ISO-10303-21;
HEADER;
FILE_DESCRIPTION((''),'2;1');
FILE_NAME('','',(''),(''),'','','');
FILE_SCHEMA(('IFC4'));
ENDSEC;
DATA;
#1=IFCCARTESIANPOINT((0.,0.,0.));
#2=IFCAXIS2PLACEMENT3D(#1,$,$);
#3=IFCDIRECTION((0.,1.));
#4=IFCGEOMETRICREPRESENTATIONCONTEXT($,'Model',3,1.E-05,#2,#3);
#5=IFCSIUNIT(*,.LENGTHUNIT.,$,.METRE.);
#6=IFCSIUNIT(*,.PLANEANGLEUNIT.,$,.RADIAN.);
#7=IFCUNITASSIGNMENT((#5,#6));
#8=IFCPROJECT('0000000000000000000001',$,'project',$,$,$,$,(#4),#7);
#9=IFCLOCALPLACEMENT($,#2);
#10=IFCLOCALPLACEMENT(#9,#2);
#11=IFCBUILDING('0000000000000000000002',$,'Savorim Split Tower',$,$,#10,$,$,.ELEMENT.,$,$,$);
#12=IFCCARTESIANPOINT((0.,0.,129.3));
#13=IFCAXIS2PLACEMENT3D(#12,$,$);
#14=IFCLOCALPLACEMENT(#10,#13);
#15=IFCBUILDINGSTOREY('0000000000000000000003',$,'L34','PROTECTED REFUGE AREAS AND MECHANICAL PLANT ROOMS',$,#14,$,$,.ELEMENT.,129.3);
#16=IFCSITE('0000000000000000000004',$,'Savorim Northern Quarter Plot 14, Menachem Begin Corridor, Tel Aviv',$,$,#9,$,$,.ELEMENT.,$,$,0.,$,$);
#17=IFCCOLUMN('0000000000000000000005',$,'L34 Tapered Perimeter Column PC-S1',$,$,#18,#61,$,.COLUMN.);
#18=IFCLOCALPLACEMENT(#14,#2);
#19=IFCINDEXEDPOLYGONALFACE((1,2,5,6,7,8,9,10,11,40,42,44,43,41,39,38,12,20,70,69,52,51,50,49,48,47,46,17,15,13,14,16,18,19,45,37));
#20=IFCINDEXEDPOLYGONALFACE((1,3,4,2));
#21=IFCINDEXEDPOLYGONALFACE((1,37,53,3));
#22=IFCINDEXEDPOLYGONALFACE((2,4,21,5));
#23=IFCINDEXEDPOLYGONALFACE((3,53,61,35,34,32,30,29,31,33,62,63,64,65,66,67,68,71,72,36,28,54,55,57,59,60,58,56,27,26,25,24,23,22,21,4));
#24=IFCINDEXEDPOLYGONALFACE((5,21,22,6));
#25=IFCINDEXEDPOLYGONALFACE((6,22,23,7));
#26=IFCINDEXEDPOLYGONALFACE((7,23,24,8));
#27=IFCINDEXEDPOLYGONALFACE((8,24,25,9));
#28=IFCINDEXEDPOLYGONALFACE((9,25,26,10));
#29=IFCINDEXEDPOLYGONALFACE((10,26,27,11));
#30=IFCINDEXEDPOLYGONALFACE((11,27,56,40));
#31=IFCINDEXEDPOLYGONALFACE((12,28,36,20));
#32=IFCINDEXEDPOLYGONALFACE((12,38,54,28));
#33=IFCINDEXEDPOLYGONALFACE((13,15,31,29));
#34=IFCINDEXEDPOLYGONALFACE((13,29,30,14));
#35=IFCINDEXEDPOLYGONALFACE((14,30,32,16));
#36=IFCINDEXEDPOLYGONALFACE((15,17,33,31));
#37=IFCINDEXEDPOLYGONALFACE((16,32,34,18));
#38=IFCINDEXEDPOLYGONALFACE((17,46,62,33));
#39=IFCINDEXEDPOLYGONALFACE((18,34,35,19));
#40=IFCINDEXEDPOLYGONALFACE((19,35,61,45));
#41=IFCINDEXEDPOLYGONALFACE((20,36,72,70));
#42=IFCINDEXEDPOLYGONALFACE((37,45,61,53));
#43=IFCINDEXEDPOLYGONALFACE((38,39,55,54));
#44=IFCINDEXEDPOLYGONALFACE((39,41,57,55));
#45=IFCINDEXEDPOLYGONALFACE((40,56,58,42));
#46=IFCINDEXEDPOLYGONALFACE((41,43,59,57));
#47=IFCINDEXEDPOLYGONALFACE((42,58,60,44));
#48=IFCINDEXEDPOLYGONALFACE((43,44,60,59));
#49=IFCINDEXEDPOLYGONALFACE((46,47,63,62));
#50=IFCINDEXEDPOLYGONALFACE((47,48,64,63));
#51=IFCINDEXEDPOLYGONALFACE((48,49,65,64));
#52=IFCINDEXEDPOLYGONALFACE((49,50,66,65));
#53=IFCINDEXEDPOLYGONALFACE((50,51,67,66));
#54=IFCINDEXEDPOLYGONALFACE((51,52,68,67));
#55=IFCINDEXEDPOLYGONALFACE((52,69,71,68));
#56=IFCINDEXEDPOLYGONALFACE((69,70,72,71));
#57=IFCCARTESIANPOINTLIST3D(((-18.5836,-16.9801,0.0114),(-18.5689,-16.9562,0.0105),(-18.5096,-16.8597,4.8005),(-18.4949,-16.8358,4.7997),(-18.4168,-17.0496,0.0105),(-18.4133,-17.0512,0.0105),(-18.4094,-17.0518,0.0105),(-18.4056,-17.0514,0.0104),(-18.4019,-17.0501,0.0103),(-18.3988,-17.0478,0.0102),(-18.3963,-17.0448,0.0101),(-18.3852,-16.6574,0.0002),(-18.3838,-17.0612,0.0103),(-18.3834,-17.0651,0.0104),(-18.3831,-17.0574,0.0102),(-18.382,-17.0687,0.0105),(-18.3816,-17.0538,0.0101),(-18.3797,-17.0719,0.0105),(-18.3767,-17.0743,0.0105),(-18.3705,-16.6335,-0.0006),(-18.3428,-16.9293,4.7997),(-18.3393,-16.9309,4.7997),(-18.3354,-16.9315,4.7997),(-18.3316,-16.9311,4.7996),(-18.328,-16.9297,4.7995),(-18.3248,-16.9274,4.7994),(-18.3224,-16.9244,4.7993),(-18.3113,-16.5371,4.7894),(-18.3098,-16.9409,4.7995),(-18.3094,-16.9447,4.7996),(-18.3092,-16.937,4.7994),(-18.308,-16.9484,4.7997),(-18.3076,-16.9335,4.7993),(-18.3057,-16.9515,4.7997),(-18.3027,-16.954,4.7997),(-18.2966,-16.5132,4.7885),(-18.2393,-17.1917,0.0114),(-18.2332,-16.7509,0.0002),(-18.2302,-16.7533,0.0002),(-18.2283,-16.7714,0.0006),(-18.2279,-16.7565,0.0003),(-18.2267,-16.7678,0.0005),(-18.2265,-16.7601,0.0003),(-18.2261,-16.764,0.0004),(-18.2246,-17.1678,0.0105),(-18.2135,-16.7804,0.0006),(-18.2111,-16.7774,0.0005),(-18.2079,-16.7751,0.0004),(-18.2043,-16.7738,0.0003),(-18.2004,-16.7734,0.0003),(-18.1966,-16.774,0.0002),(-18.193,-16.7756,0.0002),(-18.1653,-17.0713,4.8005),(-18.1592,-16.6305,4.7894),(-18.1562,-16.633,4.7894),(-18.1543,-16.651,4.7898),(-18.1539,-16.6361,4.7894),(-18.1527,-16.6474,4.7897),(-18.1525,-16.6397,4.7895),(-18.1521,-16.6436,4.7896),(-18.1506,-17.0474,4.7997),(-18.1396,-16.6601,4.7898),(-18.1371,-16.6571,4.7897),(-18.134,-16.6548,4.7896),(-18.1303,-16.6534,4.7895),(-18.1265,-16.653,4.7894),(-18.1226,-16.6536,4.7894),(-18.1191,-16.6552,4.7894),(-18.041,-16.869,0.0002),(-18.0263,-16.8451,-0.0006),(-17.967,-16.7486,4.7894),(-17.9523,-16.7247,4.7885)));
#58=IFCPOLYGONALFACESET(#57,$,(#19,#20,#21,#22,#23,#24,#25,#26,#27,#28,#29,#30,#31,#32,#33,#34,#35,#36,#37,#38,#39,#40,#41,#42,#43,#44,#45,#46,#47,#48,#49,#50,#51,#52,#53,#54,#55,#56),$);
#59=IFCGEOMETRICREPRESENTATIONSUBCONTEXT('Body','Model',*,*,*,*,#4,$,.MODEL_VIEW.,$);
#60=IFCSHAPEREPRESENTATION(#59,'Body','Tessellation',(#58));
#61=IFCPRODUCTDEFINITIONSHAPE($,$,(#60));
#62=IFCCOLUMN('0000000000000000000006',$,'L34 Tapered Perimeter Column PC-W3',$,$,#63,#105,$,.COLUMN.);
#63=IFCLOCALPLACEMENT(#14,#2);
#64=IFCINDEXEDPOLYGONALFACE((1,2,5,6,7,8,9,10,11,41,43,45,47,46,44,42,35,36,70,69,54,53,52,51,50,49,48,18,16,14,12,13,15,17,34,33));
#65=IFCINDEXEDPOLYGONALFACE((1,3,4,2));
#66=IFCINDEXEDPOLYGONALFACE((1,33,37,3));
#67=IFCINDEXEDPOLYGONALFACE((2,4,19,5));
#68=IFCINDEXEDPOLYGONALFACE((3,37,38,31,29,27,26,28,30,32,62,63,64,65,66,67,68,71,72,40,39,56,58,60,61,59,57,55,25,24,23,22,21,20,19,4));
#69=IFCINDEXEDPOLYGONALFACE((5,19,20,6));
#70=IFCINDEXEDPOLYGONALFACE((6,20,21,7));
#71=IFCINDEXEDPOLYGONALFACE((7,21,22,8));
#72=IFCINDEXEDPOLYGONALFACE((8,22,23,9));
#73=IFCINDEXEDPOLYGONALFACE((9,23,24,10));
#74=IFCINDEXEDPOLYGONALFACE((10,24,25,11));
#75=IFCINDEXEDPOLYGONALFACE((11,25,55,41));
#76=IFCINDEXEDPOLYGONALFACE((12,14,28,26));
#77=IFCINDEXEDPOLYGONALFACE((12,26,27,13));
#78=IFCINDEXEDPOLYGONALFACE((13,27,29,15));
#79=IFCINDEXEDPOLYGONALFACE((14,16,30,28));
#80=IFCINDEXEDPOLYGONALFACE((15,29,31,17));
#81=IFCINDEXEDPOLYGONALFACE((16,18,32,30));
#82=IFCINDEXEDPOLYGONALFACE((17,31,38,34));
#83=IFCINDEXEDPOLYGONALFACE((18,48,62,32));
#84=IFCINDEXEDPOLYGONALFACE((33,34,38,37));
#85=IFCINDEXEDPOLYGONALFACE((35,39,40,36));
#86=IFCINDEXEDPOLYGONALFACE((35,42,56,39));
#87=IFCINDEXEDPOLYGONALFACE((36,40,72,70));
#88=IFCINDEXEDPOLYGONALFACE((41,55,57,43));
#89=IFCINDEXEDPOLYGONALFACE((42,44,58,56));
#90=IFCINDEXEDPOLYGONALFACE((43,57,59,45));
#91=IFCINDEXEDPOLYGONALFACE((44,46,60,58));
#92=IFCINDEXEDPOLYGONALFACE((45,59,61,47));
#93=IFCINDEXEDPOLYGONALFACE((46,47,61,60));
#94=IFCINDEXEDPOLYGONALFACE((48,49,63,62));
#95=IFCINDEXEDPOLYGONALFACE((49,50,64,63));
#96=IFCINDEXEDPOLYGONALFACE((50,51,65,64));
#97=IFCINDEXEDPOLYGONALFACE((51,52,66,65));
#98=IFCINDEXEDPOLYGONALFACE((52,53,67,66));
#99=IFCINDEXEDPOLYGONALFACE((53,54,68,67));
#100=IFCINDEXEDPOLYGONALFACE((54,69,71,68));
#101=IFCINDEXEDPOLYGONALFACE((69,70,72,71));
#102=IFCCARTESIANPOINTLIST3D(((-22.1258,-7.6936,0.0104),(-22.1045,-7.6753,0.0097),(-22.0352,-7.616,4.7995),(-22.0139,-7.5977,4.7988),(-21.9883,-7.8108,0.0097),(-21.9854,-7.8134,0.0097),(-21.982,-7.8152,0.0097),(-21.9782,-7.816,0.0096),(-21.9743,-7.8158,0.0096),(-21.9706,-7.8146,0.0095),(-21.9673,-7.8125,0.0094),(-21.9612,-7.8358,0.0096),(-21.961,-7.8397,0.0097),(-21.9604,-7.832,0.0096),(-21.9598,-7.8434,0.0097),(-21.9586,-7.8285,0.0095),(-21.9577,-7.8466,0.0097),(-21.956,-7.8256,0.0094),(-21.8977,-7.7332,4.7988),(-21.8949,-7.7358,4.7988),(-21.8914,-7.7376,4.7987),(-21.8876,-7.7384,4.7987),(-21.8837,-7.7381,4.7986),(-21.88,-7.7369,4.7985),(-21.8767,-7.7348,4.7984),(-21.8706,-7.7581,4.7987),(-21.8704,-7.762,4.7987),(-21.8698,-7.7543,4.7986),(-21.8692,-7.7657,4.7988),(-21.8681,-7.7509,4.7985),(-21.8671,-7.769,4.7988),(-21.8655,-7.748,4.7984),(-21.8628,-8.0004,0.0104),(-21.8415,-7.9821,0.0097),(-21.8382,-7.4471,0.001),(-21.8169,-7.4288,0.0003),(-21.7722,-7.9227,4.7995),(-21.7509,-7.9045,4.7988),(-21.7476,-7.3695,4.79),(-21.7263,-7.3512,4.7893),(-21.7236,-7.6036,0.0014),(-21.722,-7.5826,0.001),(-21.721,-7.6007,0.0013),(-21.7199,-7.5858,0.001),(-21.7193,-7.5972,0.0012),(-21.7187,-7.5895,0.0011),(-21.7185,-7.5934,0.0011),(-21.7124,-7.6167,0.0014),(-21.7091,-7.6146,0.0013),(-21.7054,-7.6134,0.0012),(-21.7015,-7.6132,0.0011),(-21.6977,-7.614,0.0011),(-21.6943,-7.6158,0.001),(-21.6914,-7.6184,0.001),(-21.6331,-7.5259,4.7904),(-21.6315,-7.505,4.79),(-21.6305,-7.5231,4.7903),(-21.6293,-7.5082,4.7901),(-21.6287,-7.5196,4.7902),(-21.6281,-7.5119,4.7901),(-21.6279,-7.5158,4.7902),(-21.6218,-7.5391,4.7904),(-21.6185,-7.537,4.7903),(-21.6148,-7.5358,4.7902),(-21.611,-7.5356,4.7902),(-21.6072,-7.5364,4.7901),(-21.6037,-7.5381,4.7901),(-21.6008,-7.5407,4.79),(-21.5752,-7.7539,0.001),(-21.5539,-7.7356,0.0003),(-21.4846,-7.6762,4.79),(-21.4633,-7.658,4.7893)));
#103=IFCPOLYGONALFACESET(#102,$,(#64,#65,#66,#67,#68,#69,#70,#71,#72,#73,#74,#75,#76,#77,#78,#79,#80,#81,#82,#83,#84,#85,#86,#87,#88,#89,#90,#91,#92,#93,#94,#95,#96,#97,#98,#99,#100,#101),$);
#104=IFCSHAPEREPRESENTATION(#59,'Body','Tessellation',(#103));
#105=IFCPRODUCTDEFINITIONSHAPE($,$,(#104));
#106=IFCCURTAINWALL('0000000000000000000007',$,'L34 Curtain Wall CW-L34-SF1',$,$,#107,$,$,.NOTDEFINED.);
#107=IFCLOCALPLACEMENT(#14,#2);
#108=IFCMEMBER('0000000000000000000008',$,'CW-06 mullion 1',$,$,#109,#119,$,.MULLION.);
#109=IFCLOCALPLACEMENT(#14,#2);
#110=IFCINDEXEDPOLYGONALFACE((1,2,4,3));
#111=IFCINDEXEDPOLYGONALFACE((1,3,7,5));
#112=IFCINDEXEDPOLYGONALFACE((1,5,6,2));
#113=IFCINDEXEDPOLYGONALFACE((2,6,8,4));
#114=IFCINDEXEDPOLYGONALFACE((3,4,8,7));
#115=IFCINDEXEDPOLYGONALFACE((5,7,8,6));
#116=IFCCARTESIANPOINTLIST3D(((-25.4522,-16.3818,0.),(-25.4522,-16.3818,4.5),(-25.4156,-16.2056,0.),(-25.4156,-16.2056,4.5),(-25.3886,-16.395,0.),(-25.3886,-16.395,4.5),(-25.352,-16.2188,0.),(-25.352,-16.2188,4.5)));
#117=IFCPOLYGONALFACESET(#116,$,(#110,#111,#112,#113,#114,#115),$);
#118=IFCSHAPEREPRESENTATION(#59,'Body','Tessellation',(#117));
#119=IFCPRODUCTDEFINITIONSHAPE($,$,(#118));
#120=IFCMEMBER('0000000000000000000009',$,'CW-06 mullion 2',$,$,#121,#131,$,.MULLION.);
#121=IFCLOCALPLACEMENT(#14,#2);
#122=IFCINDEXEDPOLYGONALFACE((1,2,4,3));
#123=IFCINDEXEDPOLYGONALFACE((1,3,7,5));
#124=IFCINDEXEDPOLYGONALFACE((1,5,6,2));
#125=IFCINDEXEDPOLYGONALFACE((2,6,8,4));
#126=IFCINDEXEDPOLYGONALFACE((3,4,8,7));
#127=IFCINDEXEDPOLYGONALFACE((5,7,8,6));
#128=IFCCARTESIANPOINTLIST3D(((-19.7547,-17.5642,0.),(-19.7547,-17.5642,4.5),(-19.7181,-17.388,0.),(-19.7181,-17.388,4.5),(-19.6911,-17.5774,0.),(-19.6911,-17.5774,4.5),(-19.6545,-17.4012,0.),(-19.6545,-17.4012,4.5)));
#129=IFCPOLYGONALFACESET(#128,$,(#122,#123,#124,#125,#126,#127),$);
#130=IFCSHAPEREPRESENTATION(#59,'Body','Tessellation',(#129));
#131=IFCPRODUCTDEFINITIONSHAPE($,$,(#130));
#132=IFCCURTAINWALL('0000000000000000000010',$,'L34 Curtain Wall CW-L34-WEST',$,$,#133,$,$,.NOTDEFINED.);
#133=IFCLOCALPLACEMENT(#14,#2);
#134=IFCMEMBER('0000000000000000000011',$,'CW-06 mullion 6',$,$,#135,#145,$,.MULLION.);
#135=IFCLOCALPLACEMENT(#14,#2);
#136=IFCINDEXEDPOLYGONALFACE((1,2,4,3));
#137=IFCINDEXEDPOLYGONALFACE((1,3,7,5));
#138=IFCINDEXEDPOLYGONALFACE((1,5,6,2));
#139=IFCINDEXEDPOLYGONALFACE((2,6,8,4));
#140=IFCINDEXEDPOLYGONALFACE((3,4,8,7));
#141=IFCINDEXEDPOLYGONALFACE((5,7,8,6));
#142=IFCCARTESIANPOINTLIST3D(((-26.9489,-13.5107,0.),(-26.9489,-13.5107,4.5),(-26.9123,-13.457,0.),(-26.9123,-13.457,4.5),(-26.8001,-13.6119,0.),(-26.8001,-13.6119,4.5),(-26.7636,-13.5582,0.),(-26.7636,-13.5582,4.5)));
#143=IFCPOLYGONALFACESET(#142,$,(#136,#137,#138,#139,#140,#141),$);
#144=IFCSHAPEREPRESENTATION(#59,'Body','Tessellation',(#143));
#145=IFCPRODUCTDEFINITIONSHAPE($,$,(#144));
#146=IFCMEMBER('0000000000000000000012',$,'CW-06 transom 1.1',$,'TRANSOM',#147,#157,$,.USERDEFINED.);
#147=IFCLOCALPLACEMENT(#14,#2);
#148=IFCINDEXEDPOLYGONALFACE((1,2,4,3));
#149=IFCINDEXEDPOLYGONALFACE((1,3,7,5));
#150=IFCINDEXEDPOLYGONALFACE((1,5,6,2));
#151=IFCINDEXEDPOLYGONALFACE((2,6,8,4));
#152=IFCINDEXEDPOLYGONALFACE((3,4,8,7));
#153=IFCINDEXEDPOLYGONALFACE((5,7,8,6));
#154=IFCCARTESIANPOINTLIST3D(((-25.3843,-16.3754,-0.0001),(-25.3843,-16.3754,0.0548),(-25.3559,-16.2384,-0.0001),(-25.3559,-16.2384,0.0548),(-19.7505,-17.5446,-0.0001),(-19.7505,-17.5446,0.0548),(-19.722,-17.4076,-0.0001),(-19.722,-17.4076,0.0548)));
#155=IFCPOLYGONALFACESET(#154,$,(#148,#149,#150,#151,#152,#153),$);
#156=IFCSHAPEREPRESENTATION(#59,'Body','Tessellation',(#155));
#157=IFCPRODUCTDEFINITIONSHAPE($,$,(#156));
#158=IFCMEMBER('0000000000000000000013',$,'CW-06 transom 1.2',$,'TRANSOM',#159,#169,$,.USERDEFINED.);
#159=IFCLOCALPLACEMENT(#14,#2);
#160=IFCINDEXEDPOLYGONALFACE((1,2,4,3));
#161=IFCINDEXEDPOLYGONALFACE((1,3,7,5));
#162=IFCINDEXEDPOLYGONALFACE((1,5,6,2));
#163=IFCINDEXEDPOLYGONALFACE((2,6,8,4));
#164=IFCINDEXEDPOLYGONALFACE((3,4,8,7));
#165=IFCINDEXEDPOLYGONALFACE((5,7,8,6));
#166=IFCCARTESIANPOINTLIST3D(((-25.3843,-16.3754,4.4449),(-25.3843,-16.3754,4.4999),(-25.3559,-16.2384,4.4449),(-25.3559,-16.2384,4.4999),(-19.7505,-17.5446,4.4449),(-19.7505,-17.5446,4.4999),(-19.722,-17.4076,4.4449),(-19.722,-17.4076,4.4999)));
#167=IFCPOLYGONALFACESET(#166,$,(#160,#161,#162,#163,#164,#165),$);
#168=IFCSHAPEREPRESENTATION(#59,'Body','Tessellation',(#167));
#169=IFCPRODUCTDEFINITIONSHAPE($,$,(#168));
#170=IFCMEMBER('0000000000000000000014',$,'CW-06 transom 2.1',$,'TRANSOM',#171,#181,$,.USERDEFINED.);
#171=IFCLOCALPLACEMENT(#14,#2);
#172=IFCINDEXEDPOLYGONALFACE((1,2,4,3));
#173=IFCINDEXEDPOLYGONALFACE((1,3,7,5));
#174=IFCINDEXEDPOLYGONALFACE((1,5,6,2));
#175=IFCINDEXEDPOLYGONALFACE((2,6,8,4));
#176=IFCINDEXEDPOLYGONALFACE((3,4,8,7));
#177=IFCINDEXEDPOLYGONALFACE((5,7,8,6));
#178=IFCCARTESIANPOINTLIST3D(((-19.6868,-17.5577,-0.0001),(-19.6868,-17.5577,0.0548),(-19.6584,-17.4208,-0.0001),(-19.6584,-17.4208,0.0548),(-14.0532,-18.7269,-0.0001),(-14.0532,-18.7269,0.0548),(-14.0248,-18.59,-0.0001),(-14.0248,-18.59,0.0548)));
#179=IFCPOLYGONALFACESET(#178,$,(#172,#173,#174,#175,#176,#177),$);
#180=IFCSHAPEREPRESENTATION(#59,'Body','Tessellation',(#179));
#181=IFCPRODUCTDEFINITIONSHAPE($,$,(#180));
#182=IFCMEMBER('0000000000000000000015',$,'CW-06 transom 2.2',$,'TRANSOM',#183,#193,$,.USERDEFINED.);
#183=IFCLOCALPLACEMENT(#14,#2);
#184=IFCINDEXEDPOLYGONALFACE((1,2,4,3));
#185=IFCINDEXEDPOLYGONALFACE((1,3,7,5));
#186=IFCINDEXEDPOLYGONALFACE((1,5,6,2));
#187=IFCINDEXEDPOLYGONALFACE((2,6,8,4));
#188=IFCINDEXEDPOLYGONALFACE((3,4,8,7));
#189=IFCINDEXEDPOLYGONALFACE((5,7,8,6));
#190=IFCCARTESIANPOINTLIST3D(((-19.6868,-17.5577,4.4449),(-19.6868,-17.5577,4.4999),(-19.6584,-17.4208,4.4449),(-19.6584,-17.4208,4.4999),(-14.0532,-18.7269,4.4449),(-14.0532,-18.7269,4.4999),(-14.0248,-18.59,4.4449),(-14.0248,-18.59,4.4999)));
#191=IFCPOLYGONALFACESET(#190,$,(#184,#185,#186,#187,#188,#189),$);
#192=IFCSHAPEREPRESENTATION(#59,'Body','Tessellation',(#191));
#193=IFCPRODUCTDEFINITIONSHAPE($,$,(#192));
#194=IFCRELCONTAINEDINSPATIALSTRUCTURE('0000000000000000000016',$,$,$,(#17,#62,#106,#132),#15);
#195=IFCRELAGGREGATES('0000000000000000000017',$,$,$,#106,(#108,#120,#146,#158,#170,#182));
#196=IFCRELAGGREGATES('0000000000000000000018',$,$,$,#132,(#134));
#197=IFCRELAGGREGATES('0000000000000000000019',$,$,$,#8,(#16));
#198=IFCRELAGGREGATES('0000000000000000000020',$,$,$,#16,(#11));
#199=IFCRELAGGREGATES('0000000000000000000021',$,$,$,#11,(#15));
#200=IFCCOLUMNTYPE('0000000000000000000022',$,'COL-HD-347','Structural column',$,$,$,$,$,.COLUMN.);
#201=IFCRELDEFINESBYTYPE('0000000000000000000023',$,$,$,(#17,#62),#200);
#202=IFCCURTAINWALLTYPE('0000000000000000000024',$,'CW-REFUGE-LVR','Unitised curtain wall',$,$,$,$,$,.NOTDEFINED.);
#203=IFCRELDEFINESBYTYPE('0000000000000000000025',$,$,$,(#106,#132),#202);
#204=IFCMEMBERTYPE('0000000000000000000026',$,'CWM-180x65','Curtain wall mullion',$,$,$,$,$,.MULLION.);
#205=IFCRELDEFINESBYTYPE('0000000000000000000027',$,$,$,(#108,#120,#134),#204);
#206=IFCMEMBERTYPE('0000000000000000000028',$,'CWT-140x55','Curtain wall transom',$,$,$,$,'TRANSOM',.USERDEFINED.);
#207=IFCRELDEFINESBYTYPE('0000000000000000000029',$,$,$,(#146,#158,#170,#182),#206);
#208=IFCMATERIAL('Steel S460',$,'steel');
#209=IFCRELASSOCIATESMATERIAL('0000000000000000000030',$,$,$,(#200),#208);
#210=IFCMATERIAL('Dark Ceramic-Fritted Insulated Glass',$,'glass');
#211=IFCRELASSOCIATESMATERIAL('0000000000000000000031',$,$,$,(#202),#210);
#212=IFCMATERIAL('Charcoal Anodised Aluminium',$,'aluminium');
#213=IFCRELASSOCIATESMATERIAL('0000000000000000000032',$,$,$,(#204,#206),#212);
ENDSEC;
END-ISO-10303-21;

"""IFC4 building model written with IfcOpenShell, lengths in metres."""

from ifc_helpers import new_model, si_unit, direction, frame, origin, origin_2d, place, context, subcontext, project, spatial, rectangle, i_section, extrude, material, material_profile, profile_set, type_object, element, aggregate, save


model = new_model("IFC4")

# Units and contexts
model_context = context("Model", 3, precision=1e-05, world=origin(), true_north=direction((0.0, 1.0)))
body_context = subcontext(model_context, "Body", "Model", "MODEL_VIEW")
ifc_project = project(units=[si_unit("LENGTHUNIT", "METRE"), si_unit("PLANEANGLEUNIT", "RADIAN")], contexts=[model_context])

# Site, building, storey
site_placement = place(None, origin())
site = spatial("IfcSite", under=ifc_project, at=site_placement, Name="Savorim Northern Quarter Plot 14, Menachem Begin Corridor, Tel Aviv", CompositionType="ELEMENT", RefElevation=0.0)
building_placement = place(site_placement, origin())
building = spatial("IfcBuilding", under=site, at=building_placement, Name="Savorim Split Tower", CompositionType="ELEMENT")
storey_placement = place(building_placement, frame((0.0, 0.0, 129.3)))
storey = spatial("IfcBuildingStorey", under=building, at=storey_placement, Name="L34", Description="PROTECTED REFUGE AREAS AND MECHANICAL PLANT ROOMS", CompositionType="ELEMENT", Elevation=129.3)

# Columns
ifc_material_1 = material(Name="Steel S460", Category="steel")
ifc_material_profile_1 = material_profile(ifc_material_1, i_section(OverallWidth=0.4041, OverallDepth=0.407, WebThickness=0.0173, FlangeThickness=0.0281, FilletRadius=0.0149, at=origin_2d()), Name="HD 400x347")
ifc_profile_set_1 = profile_set([ifc_material_profile_1], Name="Steel S460")
column_type = type_object("IfcColumnType", Name="COL-HD-347", Description="Structural column", PredefinedType="COLUMN", material=ifc_profile_set_1)
column_1_placement = place(storey_placement, frame((-18.3049, -16.9126, 0.0054), z_axis=(0.01544, 0.025122, 0.999565), x_axis=(-0.851955, 0.523615, 0.0)))
element("IfcColumn", 1, at=column_1_placement, inside=storey, type_object=column_type, Name="L34 Tapered Perimeter Column PC-S1", PredefinedType="COLUMN", context=body_context, shape_type="SweptSolid", body=[
    extrude(i_section(OverallWidth=0.4041, OverallDepth=0.407, WebThickness=0.0173, FlangeThickness=0.0281, FilletRadius=0.0149, at=origin_2d()), origin(), (0.0, 0.0, 1.0), 4.7913),
])
column_2_placement = place(storey_placement, frame((-21.8398, -7.7146, 0.0054), z_axis=(0.018907, 0.016206, 0.99969), x_axis=(-0.650791, 0.759257, 0.0)))
element("IfcColumn", 2, at=column_2_placement, inside=storey, type_object=column_type, Name="L34 Tapered Perimeter Column PC-W3", PredefinedType="COLUMN", context=body_context, shape_type="SweptSolid", body=[
    extrude(i_section(OverallWidth=0.4041, OverallDepth=0.407, WebThickness=0.0173, FlangeThickness=0.0281, FilletRadius=0.0149, at=origin_2d()), origin(), (0.0, 0.0, 1.0), 4.7905),
])

# Curtain wall, members
ifc_material_2 = material(Name="Dark Ceramic-Fritted Insulated Glass", Category="glass")
curtain_wall_type = type_object("IfcCurtainWallType", Name="CW-REFUGE-LVR", Description="Unitised curtain wall", PredefinedType="NOTDEFINED", material=ifc_material_2)
curtain_wall_1_placement = place(storey_placement, origin())
curtain_wall_1 = element("IfcCurtainWall", 3, at=curtain_wall_1_placement, inside=storey, type_object=curtain_wall_type, Name="L34 Curtain Wall CW-L34-SF1", PredefinedType="NOTDEFINED")
ifc_material_3 = material(Name="Charcoal Anodised Aluminium", Category="aluminium")
ifc_material_profile_2 = material_profile(ifc_material_3, rectangle(XDim=0.1799, YDim=0.0649, at=origin_2d()), Name="ALU-M 180x65")
ifc_profile_set_2 = profile_set([ifc_material_profile_2], Name="Charcoal Anodised Aluminium")
member_type_1 = type_object("IfcMemberType", Name="CWM-180x65", Description="Curtain wall mullion", PredefinedType="MULLION", material=ifc_profile_set_2)
member_1_placement = place(storey_placement, frame((-25.4021, -16.3003, 0.0), z_axis=(0.0, 0.0, 1.0), x_axis=(0.20321, 0.979135, 0.0)))
member_1 = element("IfcMember", 4, at=member_1_placement, type_object=member_type_1, Name="CW-06 mullion 1", PredefinedType="MULLION", context=body_context, shape_type="SweptSolid", body=[
    extrude(rectangle(XDim=0.1799, YDim=0.0649, at=origin_2d()), origin(), (0.0, 0.0, 1.0), 4.5),
])
member_2_placement = place(storey_placement, frame((-19.7046, -17.4827, 0.0), z_axis=(0.0, 0.0, 1.0), x_axis=(0.20321, 0.979135, 0.0)))
member_2 = element("IfcMember", 5, at=member_2_placement, type_object=member_type_1, Name="CW-06 mullion 2", PredefinedType="MULLION", context=body_context, shape_type="SweptSolid", body=[
    extrude(rectangle(XDim=0.1799, YDim=0.0649, at=origin_2d()), origin(), (0.0, 0.0, 1.0), 4.5),
])

# Curtain wall, member
curtain_wall_2_placement = place(storey_placement, origin())
curtain_wall_2 = element("IfcCurtainWall", 6, at=curtain_wall_2_placement, inside=storey, type_object=curtain_wall_type, Name="L34 Curtain Wall CW-L34-WEST", PredefinedType="NOTDEFINED")
member_3_placement = place(storey_placement, frame((-26.8562, -13.5344, 0.0), z_axis=(0.0, 0.0, 1.0), x_axis=(0.82682, -0.562467, 0.0)))
member_3 = element("IfcMember", 7, at=member_3_placement, type_object=member_type_1, Name="CW-06 mullion 6", PredefinedType="MULLION", context=body_context, shape_type="SweptSolid", body=[
    extrude(rectangle(XDim=0.1799, YDim=0.0649, at=origin_2d()), origin(), (0.0, 0.0, 1.0), 4.5),
])

# Members
ifc_material_profile_3 = material_profile(ifc_material_3, rectangle(XDim=0.1399, YDim=0.0549, at=origin_2d()), Name="ALU-T 140x55")
ifc_profile_set_3 = profile_set([ifc_material_profile_3], Name="Charcoal Anodised Aluminium")
member_type_2 = type_object("IfcMemberType", Name="CWT-140x55", Description="Curtain wall transom", ElementType="TRANSOM", PredefinedType="USERDEFINED", material=ifc_profile_set_3)
member_4_placement = place(storey_placement, frame((-25.3701, -16.3069, 0.0273), z_axis=(0.979137, -0.203202, 0.0), x_axis=(0.203202, 0.979137, 0.0)))
member_4 = element("IfcMember", 8, at=member_4_placement, type_object=member_type_2, Name="CW-06 transom 1.1", ObjectType="TRANSOM", PredefinedType="USERDEFINED", context=body_context, shape_type="SweptSolid", body=[
    extrude(rectangle(XDim=0.1399, YDim=0.0549, at=origin_2d()), origin(), (0.0, 0.0, 1.0), 5.7539),
])
member_5_placement = place(storey_placement, frame((-25.3701, -16.3069, 4.4724), z_axis=(0.979137, -0.203202, 0.0), x_axis=(0.203202, 0.979137, 0.0)))
member_5 = element("IfcMember", 9, at=member_5_placement, type_object=member_type_2, Name="CW-06 transom 1.2", ObjectType="TRANSOM", PredefinedType="USERDEFINED", context=body_context, shape_type="SweptSolid", body=[
    extrude(rectangle(XDim=0.1399, YDim=0.0549, at=origin_2d()), origin(), (0.0, 0.0, 1.0), 5.7539),
])
member_6_placement = place(storey_placement, frame((-19.6726, -17.4893, 0.0273), z_axis=(0.979135, -0.20321, 0.0), x_axis=(0.20321, 0.979135, 0.0)))
member_6 = element("IfcMember", 10, at=member_6_placement, type_object=member_type_2, Name="CW-06 transom 2.1", ObjectType="TRANSOM", PredefinedType="USERDEFINED", context=body_context, shape_type="SweptSolid", body=[
    extrude(rectangle(XDim=0.1399, YDim=0.0549, at=origin_2d()), origin(), (0.0, 0.0, 1.0), 5.7537),
])
member_7_placement = place(storey_placement, frame((-19.6726, -17.4893, 4.4724), z_axis=(0.979135, -0.20321, 0.0), x_axis=(0.20321, 0.979135, 0.0)))
member_7 = element("IfcMember", 11, at=member_7_placement, type_object=member_type_2, Name="CW-06 transom 2.2", ObjectType="TRANSOM", PredefinedType="USERDEFINED", context=body_context, shape_type="SweptSolid", body=[
    extrude(rectangle(XDim=0.1399, YDim=0.0549, at=origin_2d()), origin(), (0.0, 0.0, 1.0), 5.7537),
])

aggregate(curtain_wall_1, [member_1, member_2, member_4, member_5, member_6, member_7])
aggregate(curtain_wall_2, [member_3])

save(model, "model.ifc")
